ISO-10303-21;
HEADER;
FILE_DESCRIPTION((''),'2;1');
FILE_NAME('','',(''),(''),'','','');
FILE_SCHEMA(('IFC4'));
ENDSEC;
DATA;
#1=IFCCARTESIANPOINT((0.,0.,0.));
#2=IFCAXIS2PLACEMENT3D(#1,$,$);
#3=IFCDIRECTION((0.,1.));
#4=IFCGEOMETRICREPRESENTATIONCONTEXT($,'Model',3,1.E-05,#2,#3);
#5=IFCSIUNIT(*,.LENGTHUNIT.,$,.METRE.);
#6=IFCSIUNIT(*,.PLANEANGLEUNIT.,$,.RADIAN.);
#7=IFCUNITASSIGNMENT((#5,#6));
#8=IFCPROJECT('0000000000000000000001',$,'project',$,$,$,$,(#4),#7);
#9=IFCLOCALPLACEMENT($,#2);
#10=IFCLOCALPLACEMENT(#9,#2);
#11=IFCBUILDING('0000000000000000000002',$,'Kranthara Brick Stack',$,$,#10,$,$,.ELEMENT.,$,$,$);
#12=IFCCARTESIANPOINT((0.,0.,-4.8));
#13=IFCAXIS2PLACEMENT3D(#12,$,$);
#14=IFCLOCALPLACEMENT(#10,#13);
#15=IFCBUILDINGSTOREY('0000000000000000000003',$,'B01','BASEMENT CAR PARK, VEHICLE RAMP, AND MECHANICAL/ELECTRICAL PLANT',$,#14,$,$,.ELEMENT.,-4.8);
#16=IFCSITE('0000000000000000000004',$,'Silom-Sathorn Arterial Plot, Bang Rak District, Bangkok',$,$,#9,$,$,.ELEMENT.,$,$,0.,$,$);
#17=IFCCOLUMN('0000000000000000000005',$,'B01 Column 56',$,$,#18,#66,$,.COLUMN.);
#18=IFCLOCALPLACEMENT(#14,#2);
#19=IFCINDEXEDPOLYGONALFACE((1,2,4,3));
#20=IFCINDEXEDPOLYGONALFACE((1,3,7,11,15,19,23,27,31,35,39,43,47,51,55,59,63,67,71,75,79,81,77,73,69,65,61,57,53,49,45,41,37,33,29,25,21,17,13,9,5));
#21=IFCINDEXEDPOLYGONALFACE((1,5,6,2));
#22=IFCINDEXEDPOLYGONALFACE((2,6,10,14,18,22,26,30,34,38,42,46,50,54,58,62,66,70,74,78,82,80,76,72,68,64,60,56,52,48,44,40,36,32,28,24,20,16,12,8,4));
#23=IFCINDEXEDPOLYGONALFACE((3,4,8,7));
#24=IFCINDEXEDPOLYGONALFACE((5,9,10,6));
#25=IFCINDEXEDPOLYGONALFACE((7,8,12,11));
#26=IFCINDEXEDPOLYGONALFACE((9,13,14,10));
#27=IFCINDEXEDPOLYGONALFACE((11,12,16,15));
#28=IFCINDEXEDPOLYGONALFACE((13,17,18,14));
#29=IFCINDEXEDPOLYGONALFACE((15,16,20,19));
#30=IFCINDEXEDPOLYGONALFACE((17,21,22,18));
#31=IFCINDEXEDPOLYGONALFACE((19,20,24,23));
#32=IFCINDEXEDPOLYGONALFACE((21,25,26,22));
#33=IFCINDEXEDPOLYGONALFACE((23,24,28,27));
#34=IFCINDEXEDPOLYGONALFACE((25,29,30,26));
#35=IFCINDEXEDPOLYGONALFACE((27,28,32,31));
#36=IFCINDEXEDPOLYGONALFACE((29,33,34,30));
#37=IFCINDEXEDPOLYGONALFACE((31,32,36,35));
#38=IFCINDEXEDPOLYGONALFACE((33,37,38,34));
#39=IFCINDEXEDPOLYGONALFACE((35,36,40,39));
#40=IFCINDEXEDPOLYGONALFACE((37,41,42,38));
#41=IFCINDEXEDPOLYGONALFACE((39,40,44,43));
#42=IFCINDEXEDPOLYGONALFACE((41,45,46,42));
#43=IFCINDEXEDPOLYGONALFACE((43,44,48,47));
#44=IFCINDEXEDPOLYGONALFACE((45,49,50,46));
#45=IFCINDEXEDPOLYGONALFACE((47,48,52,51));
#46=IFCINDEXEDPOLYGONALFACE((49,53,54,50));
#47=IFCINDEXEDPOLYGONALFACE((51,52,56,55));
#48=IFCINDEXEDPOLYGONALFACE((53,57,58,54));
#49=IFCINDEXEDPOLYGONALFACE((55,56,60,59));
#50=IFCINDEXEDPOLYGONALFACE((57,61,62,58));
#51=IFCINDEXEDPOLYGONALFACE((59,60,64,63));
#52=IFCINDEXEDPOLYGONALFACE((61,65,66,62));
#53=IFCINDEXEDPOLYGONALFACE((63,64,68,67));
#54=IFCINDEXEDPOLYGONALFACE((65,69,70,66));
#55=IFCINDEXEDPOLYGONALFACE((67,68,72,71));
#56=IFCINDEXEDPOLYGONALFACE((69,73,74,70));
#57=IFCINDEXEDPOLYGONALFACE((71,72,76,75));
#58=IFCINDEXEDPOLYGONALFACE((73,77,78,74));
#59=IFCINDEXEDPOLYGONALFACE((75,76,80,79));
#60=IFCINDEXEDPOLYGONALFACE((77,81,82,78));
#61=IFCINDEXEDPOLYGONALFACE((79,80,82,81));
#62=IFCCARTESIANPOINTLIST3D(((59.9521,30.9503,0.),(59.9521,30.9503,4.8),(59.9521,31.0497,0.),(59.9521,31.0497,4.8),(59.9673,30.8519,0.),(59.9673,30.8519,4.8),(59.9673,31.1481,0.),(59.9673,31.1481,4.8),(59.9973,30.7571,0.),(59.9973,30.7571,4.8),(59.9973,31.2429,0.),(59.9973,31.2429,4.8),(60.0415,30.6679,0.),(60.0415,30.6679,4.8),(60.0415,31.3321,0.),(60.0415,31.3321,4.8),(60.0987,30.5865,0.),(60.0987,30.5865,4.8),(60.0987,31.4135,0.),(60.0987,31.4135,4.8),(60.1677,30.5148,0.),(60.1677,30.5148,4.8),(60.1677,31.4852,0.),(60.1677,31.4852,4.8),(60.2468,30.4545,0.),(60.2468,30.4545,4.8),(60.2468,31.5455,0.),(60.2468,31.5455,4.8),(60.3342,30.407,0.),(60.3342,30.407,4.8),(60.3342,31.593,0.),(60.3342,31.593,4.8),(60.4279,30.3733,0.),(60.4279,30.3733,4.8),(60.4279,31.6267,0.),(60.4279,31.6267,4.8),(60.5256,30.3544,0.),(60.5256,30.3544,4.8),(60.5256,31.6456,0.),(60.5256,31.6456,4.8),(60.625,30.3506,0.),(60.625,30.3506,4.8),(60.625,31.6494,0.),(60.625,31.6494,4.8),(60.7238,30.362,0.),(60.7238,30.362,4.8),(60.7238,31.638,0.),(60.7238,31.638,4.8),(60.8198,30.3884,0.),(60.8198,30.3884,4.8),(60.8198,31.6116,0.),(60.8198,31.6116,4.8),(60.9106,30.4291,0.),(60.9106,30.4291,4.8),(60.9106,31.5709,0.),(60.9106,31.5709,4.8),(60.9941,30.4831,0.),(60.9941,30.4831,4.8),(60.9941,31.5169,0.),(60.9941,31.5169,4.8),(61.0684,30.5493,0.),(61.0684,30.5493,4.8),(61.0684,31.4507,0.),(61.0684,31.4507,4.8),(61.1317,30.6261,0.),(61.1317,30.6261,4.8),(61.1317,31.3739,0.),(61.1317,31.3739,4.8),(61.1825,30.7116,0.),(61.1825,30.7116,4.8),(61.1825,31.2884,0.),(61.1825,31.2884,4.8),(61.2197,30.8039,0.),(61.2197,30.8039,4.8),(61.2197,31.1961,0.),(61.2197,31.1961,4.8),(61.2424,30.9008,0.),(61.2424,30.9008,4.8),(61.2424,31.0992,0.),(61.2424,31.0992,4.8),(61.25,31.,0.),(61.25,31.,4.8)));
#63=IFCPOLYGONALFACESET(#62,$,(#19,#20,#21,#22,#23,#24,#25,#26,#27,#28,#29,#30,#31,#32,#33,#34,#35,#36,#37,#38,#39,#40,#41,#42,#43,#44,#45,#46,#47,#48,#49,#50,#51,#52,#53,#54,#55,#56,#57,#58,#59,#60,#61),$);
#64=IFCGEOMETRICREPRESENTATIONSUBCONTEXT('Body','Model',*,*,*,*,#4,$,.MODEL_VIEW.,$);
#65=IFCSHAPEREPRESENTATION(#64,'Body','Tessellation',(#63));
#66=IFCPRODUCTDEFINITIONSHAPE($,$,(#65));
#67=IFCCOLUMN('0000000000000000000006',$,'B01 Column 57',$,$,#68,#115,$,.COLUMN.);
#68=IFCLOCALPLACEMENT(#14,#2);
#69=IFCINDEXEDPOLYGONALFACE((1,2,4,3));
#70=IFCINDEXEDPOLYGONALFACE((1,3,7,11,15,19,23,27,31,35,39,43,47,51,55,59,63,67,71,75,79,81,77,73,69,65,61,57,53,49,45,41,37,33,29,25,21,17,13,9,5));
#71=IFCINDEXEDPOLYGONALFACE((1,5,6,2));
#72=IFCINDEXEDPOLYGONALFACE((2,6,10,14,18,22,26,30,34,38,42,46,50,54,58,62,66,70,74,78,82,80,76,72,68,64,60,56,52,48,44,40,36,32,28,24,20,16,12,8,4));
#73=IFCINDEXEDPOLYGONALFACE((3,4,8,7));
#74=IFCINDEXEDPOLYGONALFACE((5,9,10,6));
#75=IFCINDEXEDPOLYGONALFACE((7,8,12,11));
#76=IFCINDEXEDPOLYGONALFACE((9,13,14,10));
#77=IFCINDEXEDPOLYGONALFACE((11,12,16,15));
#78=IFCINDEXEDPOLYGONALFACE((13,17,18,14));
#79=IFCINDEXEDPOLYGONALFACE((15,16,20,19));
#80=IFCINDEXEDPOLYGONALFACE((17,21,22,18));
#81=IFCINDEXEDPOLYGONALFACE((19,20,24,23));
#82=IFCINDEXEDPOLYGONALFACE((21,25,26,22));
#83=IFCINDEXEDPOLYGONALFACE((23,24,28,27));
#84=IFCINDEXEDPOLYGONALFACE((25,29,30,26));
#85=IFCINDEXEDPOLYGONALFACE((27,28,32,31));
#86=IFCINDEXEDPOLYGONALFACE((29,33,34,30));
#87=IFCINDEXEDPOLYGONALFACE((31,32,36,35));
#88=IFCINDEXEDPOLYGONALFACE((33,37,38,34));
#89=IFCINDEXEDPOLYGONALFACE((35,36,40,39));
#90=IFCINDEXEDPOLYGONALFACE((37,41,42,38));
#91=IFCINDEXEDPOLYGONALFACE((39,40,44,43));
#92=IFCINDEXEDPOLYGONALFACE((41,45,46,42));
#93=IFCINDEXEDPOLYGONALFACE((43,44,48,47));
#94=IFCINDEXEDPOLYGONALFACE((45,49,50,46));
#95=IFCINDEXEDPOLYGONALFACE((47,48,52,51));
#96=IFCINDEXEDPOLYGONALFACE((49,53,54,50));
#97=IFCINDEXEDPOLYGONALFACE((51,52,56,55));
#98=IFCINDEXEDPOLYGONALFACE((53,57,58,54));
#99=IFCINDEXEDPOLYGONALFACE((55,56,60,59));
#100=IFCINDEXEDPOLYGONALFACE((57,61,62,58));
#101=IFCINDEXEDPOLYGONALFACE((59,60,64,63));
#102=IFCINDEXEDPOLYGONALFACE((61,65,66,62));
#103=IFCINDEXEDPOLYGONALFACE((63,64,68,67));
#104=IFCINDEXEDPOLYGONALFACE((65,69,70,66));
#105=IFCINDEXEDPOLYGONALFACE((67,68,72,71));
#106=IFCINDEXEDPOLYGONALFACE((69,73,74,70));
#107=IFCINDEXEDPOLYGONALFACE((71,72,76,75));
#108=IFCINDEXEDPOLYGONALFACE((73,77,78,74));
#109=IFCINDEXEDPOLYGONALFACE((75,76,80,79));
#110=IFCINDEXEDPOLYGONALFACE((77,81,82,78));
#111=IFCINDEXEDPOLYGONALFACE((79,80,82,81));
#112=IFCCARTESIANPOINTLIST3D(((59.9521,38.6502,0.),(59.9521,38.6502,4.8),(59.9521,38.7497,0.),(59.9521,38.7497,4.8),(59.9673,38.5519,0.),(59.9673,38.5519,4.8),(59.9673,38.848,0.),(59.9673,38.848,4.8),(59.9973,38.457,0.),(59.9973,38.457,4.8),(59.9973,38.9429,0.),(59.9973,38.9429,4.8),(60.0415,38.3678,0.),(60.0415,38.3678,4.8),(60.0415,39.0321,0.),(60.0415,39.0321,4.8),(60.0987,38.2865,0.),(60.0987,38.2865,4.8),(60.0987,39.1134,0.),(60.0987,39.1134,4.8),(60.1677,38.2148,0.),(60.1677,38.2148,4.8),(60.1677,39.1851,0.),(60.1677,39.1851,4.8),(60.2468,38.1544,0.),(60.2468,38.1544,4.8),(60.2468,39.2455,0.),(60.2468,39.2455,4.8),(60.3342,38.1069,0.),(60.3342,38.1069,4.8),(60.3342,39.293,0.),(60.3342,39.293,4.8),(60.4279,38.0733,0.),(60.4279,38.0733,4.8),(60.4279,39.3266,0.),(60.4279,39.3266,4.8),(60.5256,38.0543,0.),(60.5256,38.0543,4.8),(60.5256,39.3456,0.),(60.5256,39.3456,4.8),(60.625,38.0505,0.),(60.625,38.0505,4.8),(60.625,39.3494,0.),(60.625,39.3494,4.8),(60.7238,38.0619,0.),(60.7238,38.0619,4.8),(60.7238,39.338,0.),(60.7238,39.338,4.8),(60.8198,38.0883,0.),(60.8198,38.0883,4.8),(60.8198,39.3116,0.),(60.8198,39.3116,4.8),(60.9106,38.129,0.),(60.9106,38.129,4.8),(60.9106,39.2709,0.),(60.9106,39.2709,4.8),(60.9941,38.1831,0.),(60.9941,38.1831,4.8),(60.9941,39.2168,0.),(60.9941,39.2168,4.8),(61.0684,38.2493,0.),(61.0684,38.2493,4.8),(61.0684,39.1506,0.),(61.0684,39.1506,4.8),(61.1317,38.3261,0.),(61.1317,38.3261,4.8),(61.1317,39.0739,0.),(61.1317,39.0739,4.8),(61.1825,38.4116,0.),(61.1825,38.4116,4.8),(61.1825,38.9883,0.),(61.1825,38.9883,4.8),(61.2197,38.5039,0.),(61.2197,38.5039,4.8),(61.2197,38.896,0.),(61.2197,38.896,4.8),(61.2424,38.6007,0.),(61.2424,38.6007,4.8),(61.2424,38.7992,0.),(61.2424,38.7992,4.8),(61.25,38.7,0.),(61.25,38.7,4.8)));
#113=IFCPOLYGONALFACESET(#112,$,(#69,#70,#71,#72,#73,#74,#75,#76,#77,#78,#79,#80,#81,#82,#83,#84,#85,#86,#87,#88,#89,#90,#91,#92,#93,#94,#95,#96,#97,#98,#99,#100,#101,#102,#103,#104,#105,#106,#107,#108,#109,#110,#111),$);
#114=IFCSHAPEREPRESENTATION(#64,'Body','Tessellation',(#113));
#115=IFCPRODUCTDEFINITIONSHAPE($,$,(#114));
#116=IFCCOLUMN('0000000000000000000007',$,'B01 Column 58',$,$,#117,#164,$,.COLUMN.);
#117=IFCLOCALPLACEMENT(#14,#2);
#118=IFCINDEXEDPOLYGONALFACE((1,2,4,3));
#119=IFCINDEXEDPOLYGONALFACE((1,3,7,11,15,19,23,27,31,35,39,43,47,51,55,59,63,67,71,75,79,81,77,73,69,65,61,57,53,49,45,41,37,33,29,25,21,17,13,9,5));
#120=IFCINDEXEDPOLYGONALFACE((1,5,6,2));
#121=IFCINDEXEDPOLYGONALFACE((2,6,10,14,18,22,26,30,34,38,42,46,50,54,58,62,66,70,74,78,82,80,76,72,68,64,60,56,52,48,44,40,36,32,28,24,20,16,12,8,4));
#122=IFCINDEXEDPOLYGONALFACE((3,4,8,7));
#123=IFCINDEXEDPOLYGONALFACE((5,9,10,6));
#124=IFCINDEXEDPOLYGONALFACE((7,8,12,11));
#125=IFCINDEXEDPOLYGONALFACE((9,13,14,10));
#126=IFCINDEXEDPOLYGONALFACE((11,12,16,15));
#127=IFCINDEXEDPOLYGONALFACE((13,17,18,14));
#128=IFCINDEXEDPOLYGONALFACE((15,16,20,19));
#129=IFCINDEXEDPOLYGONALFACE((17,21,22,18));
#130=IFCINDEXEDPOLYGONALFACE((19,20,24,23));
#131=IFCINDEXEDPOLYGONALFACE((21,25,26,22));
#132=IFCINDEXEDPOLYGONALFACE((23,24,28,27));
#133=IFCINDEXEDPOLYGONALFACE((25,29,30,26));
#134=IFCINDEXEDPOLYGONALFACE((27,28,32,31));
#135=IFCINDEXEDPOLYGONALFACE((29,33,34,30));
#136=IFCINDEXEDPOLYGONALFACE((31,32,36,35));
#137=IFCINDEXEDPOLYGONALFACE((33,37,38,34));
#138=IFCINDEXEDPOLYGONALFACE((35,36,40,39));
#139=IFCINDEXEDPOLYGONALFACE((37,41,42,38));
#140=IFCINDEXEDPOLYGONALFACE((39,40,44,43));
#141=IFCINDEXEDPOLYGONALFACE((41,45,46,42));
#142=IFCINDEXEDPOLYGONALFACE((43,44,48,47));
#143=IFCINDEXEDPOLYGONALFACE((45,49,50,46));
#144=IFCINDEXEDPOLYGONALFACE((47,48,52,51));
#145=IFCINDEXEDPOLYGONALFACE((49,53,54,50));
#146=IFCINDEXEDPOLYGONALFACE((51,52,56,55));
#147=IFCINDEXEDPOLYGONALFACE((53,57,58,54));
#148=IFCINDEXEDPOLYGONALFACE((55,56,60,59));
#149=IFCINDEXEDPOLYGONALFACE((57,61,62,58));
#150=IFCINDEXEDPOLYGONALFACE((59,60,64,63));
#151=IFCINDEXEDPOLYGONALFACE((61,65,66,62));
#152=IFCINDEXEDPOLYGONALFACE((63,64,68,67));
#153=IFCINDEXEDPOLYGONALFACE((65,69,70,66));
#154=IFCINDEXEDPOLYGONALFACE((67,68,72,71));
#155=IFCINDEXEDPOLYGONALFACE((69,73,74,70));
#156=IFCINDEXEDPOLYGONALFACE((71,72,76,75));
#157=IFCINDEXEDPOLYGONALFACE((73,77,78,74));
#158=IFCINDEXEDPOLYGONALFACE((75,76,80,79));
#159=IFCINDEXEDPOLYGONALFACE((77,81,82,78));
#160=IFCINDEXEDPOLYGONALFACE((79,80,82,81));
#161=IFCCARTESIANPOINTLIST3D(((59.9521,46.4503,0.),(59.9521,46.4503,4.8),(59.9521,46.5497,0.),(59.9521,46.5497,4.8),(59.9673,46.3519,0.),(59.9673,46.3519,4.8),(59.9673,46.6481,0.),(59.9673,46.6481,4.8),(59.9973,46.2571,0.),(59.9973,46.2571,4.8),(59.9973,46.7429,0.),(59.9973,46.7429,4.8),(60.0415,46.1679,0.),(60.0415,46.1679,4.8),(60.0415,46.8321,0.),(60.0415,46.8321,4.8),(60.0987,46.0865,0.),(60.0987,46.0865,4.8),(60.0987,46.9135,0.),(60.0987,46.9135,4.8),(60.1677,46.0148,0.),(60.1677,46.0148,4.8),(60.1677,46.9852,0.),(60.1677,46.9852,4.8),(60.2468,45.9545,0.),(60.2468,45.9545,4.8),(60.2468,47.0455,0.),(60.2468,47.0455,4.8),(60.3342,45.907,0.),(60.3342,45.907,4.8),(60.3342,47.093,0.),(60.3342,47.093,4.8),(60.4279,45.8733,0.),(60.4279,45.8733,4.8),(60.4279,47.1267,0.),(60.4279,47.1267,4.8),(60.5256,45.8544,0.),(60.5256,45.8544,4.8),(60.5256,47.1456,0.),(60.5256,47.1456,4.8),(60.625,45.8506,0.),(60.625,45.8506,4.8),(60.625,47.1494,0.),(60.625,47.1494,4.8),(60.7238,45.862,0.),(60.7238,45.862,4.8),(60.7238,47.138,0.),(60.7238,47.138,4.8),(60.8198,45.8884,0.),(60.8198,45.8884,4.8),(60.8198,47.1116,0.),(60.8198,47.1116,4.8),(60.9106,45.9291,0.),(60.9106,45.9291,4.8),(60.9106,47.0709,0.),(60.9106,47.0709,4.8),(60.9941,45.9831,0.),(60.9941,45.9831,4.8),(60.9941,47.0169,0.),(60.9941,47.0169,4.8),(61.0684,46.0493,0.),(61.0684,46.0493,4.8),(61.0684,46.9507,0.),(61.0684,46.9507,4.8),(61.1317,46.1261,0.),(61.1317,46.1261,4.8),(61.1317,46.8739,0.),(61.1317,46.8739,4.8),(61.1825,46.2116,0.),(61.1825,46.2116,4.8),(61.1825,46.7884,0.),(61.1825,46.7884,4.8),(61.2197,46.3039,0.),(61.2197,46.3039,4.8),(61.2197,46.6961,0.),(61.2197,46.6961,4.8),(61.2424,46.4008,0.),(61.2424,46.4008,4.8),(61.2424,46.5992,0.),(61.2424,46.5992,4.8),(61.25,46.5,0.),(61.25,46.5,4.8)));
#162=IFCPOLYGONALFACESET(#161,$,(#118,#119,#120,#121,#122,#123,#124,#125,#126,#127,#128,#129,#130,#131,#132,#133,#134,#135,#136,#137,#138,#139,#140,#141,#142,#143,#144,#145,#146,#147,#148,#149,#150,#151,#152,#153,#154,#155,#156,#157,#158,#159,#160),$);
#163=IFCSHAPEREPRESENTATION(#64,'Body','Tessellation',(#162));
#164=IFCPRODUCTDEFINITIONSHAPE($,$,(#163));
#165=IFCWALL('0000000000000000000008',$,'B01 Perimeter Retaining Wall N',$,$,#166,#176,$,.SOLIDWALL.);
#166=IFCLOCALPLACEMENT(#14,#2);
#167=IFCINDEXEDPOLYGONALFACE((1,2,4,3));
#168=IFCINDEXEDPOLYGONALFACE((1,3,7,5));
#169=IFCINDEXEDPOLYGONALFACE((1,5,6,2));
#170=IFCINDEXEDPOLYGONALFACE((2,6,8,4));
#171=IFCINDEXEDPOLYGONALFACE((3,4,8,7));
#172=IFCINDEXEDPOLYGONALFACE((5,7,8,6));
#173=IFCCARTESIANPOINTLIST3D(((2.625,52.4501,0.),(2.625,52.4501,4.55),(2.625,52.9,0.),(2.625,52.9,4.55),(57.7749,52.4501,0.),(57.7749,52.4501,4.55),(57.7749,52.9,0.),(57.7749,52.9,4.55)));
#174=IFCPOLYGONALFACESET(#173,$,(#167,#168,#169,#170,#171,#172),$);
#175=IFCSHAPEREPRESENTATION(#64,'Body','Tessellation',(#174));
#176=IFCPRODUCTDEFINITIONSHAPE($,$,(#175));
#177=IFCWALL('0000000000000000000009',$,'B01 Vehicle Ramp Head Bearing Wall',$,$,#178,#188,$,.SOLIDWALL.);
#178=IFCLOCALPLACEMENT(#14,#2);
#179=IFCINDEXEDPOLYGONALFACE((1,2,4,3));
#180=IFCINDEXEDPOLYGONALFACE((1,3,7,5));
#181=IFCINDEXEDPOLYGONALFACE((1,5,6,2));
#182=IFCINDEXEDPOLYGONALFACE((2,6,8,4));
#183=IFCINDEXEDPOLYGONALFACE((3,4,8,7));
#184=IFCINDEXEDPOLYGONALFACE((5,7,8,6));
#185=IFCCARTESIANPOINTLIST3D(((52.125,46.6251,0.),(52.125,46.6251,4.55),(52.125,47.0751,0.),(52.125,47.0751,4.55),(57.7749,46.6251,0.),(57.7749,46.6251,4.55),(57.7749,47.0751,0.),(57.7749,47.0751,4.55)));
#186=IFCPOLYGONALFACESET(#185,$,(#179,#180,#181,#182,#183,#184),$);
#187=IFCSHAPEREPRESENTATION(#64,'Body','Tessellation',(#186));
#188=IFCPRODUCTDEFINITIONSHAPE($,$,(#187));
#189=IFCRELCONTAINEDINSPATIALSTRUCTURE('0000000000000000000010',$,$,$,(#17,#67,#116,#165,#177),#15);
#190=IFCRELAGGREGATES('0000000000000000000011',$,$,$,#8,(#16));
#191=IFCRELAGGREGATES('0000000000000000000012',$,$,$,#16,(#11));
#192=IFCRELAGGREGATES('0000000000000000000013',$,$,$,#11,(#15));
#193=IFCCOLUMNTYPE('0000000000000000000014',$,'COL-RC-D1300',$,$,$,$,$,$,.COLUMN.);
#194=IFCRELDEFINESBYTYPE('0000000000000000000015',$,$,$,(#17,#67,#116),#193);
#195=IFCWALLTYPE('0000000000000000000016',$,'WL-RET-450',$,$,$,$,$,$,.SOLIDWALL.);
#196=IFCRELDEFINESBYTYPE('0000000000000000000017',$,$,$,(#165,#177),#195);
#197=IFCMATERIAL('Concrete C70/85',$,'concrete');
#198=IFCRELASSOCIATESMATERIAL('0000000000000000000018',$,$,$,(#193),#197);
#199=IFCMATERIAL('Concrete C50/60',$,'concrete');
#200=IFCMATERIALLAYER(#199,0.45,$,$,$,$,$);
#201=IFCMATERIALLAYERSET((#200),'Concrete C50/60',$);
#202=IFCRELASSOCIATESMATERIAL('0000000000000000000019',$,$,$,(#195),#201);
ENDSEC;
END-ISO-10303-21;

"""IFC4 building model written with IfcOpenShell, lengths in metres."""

from ifc_helpers import new_model, si_unit, direction, frame, frame_2d, origin, origin_2d, place, context, subcontext, project, spatial, rectangle, circle, extrude, material, layer, layer_set, material_profile, profile_set, type_object, element, save


model = new_model("IFC4")

# Units and contexts
model_context = context("Model", 3, precision=1e-05, world=origin(), true_north=direction((0.0, 1.0)))
body_context = subcontext(model_context, "Body", "Model", "MODEL_VIEW")
ifc_project = project(units=[si_unit("LENGTHUNIT", "METRE"), si_unit("PLANEANGLEUNIT", "RADIAN")], contexts=[model_context])

# Site, building, storey
site_placement = place(None, origin())
site = spatial("IfcSite", under=ifc_project, at=site_placement, Name="Silom-Sathorn Arterial Plot, Bang Rak District, Bangkok", CompositionType="ELEMENT", RefElevation=0.0)
building_placement = place(site_placement, origin())
building = spatial("IfcBuilding", under=site, at=building_placement, Name="Kranthara Brick Stack", CompositionType="ELEMENT")
storey_placement = place(building_placement, frame((0.0, 0.0, -4.8)))
storey = spatial("IfcBuildingStorey", under=building, at=storey_placement, Name="B01", Description="BASEMENT CAR PARK, VEHICLE RAMP, AND MECHANICAL/ELECTRICAL PLANT", CompositionType="ELEMENT", Elevation=-4.8)

# Columns
ifc_material_1 = material(Name="Concrete C70/85", Category="concrete")
ifc_material_profile_1 = material_profile(ifc_material_1, circle(Radius=0.6499, at=origin_2d()), Name="RC D1300")
ifc_profile_set_1 = profile_set([ifc_material_profile_1], Name="Concrete C70/85")
column_type_1 = type_object("IfcColumnType", Name="COL-RC-D1300", PredefinedType="COLUMN", material=ifc_profile_set_1)
for number, where, z_axis, x_axis, name in (
    (1, (60.6001, 31.0, 0.0), (0.0, 0.0, 1.0), (1.0, 0.0, 0.0), "B01 Column 56"),
    (2, (60.6001, 38.7, 0.0), (0.0, 0.0, 1.0), (1.0, 0.0, 0.0), "B01 Column 57"),
    (3, (60.6001, 46.5, 0.0), (0.0, 0.0, 1.0), (1.0, 0.0, 0.0), "B01 Column 58"),
):
    element("IfcColumn", number, at=place(storey_placement, frame(where, z_axis=z_axis, x_axis=x_axis)), inside=storey, type_object=column_type_1, Name=name, PredefinedType="COLUMN", context=body_context, shape_type="SweptSolid", body=[
        extrude(circle(Radius=0.6499, at=origin_2d()), origin(), (0.0, 0.0, 1.0), 4.8),
    ])

# Walls
ifc_material_2 = material(Name="Concrete C50/60", Category="concrete")
ifc_layer_1 = layer(ifc_material_2, 0.45)
ifc_layer_set_1 = layer_set([ifc_layer_1], Name="Concrete C50/60")
wall_type = type_object("IfcWallType", Name="WL-RET-450", PredefinedType="SOLIDWALL", material=ifc_layer_set_1)
wall_1_placement = place(storey_placement, frame((57.7749, 52.675, 0.0), z_axis=(0.0, 0.0, 1.0), x_axis=(-1.0, 0.0, 0.0)))
element("IfcWall", 4, at=wall_1_placement, inside=storey, type_object=wall_type, Name="B01 Perimeter Retaining Wall N", PredefinedType="SOLIDWALL", context=body_context, shape_type="SweptSolid", body=[
    extrude(rectangle(XDim=55.1499, YDim=0.45, at=frame_2d((27.575, 0.0))), origin(), (0.0, 0.0, 1.0), 4.55),
])
wall_2_placement = place(storey_placement, frame((52.125, 46.8501, 0.0), z_axis=(0.0, 0.0, 1.0), x_axis=(1.0, 0.0, 0.0)))
element("IfcWall", 5, at=wall_2_placement, inside=storey, type_object=wall_type, Name="B01 Vehicle Ramp Head Bearing Wall", PredefinedType="SOLIDWALL", context=body_context, shape_type="SweptSolid", body=[
    extrude(rectangle(XDim=5.6499, YDim=0.45, at=frame_2d((2.825, 0.0))), origin(), (0.0, 0.0, 1.0), 4.55),
])

save(model, "model.ifc")
